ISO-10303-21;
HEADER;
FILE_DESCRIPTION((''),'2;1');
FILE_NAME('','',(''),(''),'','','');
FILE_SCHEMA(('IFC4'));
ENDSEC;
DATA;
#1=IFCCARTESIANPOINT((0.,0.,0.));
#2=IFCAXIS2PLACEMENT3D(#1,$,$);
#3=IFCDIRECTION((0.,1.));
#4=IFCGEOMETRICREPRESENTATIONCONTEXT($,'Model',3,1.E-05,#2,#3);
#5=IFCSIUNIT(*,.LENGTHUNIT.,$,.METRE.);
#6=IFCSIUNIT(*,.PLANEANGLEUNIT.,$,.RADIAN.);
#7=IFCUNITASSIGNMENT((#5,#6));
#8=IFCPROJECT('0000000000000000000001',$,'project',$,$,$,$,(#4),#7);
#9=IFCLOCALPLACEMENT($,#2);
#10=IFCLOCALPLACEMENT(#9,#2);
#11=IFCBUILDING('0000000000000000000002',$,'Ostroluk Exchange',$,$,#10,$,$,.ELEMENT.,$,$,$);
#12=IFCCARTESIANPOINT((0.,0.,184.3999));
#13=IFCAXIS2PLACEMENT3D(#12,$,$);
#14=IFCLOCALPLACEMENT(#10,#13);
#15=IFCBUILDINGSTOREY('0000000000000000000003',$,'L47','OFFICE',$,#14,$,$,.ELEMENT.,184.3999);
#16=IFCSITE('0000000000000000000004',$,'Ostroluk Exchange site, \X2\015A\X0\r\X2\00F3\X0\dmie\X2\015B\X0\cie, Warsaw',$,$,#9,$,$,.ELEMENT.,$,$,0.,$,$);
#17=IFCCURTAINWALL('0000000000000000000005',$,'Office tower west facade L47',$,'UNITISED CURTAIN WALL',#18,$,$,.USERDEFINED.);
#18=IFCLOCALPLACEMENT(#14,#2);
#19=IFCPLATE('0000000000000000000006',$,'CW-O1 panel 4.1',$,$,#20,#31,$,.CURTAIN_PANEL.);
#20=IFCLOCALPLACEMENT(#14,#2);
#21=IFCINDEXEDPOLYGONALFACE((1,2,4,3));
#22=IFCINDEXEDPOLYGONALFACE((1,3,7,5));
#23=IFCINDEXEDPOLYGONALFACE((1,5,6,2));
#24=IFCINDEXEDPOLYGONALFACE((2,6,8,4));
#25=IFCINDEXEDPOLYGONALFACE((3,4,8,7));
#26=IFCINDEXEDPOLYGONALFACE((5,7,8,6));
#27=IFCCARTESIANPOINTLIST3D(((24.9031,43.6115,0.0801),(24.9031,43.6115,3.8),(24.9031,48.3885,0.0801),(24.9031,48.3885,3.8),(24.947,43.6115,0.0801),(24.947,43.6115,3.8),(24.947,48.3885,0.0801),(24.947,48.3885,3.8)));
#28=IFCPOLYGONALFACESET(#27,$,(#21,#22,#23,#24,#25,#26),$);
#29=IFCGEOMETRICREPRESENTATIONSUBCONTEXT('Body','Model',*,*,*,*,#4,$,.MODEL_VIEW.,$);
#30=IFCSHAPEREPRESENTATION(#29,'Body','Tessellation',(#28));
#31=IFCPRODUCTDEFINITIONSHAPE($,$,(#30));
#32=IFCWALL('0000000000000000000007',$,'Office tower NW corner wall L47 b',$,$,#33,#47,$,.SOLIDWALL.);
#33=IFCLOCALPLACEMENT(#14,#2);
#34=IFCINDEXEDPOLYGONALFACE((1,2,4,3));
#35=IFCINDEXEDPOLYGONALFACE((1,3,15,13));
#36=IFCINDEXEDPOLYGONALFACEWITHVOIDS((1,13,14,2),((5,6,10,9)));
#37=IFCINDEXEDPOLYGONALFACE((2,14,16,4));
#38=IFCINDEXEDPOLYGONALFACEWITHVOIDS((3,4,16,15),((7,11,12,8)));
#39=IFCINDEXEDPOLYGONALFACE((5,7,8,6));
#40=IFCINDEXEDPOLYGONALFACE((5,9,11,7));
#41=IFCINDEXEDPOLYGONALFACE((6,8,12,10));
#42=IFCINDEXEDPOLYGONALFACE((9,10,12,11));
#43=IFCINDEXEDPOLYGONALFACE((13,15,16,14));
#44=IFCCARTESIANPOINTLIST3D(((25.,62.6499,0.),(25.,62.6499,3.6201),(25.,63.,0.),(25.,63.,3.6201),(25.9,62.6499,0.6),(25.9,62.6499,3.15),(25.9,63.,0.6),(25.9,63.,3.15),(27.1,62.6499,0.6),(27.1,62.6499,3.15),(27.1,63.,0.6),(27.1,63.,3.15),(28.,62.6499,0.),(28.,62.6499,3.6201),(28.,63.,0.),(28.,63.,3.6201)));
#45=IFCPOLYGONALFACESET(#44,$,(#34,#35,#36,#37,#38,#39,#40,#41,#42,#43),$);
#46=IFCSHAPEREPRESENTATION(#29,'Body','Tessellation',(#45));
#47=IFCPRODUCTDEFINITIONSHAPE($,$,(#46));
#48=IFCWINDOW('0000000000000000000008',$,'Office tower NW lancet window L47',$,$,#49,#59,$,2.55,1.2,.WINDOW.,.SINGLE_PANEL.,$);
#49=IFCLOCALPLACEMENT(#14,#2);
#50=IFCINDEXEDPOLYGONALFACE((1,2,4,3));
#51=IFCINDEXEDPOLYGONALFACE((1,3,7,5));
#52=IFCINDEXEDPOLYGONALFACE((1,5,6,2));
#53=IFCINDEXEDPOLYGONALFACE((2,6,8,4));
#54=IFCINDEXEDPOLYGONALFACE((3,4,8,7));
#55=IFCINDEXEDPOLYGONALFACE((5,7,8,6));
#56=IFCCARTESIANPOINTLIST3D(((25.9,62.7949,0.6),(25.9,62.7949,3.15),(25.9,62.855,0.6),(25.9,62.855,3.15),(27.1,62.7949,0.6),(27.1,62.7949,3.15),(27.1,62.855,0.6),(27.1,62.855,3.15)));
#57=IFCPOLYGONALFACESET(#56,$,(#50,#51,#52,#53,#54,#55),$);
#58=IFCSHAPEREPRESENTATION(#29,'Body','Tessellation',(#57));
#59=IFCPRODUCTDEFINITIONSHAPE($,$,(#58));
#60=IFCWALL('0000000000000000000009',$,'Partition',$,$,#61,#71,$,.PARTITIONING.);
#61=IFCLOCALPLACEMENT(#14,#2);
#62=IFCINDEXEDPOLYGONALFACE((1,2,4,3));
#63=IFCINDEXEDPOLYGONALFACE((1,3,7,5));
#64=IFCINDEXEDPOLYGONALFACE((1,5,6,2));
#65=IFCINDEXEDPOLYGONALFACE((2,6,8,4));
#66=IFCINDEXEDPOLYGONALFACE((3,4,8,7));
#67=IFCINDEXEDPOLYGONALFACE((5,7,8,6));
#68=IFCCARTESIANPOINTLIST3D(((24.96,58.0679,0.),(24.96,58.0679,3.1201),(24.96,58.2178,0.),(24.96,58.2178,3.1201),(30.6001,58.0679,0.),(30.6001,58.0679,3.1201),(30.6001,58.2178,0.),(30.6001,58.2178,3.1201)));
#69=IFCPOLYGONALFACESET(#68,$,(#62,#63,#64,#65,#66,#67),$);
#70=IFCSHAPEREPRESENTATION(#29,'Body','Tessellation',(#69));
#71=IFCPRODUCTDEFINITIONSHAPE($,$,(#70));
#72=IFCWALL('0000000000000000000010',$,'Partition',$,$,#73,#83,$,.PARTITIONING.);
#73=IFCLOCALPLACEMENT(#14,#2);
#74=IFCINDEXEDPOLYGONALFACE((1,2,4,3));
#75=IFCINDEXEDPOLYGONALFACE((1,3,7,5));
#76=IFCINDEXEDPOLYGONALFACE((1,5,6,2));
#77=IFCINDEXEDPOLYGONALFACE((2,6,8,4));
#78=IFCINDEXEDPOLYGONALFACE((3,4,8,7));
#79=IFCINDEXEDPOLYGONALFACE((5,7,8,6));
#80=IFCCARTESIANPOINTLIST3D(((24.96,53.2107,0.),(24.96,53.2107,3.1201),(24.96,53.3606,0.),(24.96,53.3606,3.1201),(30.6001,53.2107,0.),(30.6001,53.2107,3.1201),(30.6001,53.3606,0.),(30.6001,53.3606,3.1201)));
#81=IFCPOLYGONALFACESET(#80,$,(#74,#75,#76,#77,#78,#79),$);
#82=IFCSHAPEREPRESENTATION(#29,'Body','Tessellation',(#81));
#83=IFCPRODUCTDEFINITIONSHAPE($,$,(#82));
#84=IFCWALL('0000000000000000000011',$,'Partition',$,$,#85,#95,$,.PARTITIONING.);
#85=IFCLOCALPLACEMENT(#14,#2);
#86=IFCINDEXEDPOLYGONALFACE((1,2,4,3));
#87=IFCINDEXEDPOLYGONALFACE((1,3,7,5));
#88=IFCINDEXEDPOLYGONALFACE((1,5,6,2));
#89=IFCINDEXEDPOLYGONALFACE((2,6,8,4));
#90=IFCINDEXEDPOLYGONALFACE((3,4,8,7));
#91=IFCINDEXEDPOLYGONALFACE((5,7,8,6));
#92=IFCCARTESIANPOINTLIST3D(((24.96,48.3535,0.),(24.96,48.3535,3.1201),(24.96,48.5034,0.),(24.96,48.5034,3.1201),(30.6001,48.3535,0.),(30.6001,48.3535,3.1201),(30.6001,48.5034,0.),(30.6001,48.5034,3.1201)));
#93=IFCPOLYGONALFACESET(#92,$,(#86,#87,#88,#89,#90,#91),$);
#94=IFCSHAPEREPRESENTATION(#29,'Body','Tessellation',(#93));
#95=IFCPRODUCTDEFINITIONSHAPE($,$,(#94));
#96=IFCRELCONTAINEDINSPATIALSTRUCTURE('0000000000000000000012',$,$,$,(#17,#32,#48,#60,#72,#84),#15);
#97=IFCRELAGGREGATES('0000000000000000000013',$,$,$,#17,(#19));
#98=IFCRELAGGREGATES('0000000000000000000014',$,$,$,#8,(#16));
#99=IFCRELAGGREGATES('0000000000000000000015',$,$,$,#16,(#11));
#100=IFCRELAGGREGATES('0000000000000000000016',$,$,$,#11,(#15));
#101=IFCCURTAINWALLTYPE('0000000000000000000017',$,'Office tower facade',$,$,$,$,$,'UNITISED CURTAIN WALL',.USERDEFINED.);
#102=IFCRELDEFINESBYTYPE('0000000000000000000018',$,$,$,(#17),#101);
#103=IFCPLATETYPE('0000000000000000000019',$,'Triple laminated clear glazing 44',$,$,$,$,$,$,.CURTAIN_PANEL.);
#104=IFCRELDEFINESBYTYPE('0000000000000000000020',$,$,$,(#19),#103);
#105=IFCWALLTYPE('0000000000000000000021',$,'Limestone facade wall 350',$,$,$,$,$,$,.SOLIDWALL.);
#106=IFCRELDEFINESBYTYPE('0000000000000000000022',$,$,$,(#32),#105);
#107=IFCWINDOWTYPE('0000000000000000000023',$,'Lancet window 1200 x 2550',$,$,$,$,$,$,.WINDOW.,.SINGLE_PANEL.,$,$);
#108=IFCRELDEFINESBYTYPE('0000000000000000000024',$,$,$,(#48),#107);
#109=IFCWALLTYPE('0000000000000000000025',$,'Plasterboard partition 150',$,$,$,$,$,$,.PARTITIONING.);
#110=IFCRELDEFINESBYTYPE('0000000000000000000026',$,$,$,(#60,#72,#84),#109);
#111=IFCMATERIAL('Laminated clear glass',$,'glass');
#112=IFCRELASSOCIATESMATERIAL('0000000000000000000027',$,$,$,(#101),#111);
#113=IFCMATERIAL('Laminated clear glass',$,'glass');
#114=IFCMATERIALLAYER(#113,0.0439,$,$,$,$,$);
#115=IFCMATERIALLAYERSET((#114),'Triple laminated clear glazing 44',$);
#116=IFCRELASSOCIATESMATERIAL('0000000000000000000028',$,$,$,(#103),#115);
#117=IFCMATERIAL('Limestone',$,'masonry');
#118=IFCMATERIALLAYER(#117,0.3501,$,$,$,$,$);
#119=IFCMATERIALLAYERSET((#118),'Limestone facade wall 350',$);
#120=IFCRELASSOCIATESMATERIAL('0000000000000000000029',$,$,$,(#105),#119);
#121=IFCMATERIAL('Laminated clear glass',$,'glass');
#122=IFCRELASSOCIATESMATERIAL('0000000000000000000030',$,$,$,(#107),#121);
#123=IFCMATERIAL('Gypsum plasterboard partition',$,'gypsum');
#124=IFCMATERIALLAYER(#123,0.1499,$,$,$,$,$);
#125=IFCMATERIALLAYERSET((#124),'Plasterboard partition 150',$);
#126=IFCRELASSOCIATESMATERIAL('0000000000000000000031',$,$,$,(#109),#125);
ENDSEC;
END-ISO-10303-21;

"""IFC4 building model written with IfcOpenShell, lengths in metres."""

from ifc_helpers import new_model, si_unit, direction, frame, frame_2d, origin, origin_2d, place, context, subcontext, project, spatial, rectangle, extrude, material, layer, layer_set, type_object, element, fill, aggregate, save


model = new_model("IFC4")

# Units and contexts
model_context = context("Model", 3, precision=1e-05, world=origin(), true_north=direction((0.0, 1.0)))
body_context = subcontext(model_context, "Body", "Model", "MODEL_VIEW")
ifc_project = project(units=[si_unit("LENGTHUNIT", "METRE"), si_unit("PLANEANGLEUNIT", "RADIAN")], contexts=[model_context])

# Site, building, storey
site_placement = place(None, origin())
site = spatial("IfcSite", under=ifc_project, at=site_placement, Name="Ostroluk Exchange site, Śródmieście, Warsaw", CompositionType="ELEMENT", RefElevation=0.0)
building_placement = place(site_placement, origin())
building = spatial("IfcBuilding", under=site, at=building_placement, Name="Ostroluk Exchange", CompositionType="ELEMENT")
storey_placement = place(building_placement, frame((0.0, 0.0, 184.3999)))
storey = spatial("IfcBuildingStorey", under=building, at=storey_placement, Name="L47", Description="OFFICE", CompositionType="ELEMENT", Elevation=184.3999)

# Curtain wall
ifc_material_1 = material(Name="Laminated clear glass", Category="glass")
curtain_wall_type = type_object("IfcCurtainWallType", Name="Office tower facade", ElementType="UNITISED CURTAIN WALL", PredefinedType="USERDEFINED", material=ifc_material_1)
curtain_wall_1_placement = place(storey_placement, origin())
curtain_wall_1 = element("IfcCurtainWall", 1, at=curtain_wall_1_placement, inside=storey, type_object=curtain_wall_type, Name="Office tower west facade L47", ObjectType="UNITISED CURTAIN WALL", PredefinedType="USERDEFINED")

# Plate
ifc_material_2 = material(Name="Laminated clear glass", Category="glass")
ifc_layer_1 = layer(ifc_material_2, 0.0439)
ifc_layer_set_1 = layer_set([ifc_layer_1], Name="Triple laminated clear glazing 44")
plate_type_1 = type_object("IfcPlateType", Name="Triple laminated clear glazing 44", PredefinedType="CURTAIN_PANEL", material=ifc_layer_set_1)
plate_1_placement = place(storey_placement, frame((24.925, 46.0, 0.0801), z_axis=(0.0, 0.0, 1.0), x_axis=(0.0, -1.0, 0.0)))
plate_1 = element("IfcPlate", 2, at=plate_1_placement, type_object=plate_type_1, Name="CW-O1 panel 4.1", PredefinedType="CURTAIN_PANEL", context=body_context, shape_type="SweptSolid", body=[
    extrude(rectangle(XDim=4.7771, YDim=0.0439, at=origin_2d()), origin(), (0.0, 0.0, 1.0), 3.72),
])
aggregate(curtain_wall_1, [plate_1])

# Shared definitions
ifc_material_3 = material(Name="Limestone", Category="masonry")
ifc_layer_2 = layer(ifc_material_3, 0.3501)
ifc_layer_set_2 = layer_set([ifc_layer_2], Name="Limestone facade wall 350")
wall_type_1 = type_object("IfcWallType", Name="Limestone facade wall 350", PredefinedType="SOLIDWALL", material=ifc_layer_set_2)

# Wall, opening, window
wall_1_placement = place(storey_placement, frame((28.0, 62.825, 0.0), z_axis=(0.0, 0.0, 1.0), x_axis=(-1.0, 0.0, 0.0)))
wall_1 = element("IfcWall", 3, at=wall_1_placement, inside=storey, type_object=wall_type_1, Name="Office tower NW corner wall L47 b", PredefinedType="SOLIDWALL", context=body_context, shape_type="SweptSolid", body=[
    extrude(rectangle(XDim=3.0, YDim=0.3501, at=frame_2d((1.5, 0.0))), origin(), (0.0, 0.0, 1.0), 3.6201),
])
opening_1_placement = place(wall_1_placement, frame((0.8999, 0.0, 0.6001)))
opening_1 = element("IfcOpeningElement", 4, at=opening_1_placement, cuts=wall_1, PredefinedType="OPENING", context=body_context, shape_type="SweptSolid", body=[
    extrude(rectangle(XDim=1.2, YDim=2.55, at=frame_2d((0.6001, 1.2749))), frame((0.0, 0.1851, 0.0), z_axis=(0.0, -1.0, 0.0), x_axis=(1.0, 0.0, 0.0)), (0.0, 0.0, 1.0), 0.3701),
])
ifc_material_4 = material(Name="Laminated clear glass", Category="glass")
window_type = type_object("IfcWindowType", Name="Lancet window 1200 x 2550", PartitioningType="SINGLE_PANEL", PredefinedType="WINDOW", material=ifc_material_4)
window_placement = place(opening_1_placement, origin())
window = element("IfcWindow", 5, at=window_placement, inside=storey, type_object=window_type, Name="Office tower NW lancet window L47", OverallHeight=2.55, OverallWidth=1.2, PartitioningType="SINGLE_PANEL", PredefinedType="WINDOW", context=body_context, shape_type="SweptSolid", body=[
    extrude(rectangle(XDim=1.2, YDim=2.55, at=frame_2d((0.6001, 1.2749))), frame((0.0, 0.03, 0.0), z_axis=(0.0, -1.0, 0.0), x_axis=(1.0, 0.0, 0.0)), (0.0, 0.0, 1.0), 0.0601),
])
fill(opening_1, window)

# Walls
ifc_material_5 = material(Name="Gypsum plasterboard partition", Category="gypsum")
ifc_layer_3 = layer(ifc_material_5, 0.1499)
ifc_layer_set_3 = layer_set([ifc_layer_3], Name="Plasterboard partition 150")
wall_type_2 = type_object("IfcWallType", Name="Plasterboard partition 150", PredefinedType="PARTITIONING", material=ifc_layer_set_3)
for number, where, z_axis, x_axis, name in (
    (6, (30.6001, 58.1428, 0.0), (0.0, 0.0, 1.0), (-1.0, 0.0, 0.0), "Partition"),
    (7, (30.6001, 53.2856, 0.0), (0.0, 0.0, 1.0), (-1.0, 0.0, 0.0), "Partition"),
    (8, (30.6001, 48.4285, 0.0), (0.0, 0.0, 1.0), (-1.0, 0.0, 0.0), "Partition"),
):
    element("IfcWall", number, at=place(storey_placement, frame(where, z_axis=z_axis, x_axis=x_axis)), inside=storey, type_object=wall_type_2, Name=name, PredefinedType="PARTITIONING", context=body_context, shape_type="SweptSolid", body=[
        extrude(rectangle(XDim=5.6401, YDim=0.1499, at=frame_2d((2.8201, 0.0))), origin(), (0.0, 0.0, 1.0), 3.1201),
    ])

save(model, "model.ifc")
